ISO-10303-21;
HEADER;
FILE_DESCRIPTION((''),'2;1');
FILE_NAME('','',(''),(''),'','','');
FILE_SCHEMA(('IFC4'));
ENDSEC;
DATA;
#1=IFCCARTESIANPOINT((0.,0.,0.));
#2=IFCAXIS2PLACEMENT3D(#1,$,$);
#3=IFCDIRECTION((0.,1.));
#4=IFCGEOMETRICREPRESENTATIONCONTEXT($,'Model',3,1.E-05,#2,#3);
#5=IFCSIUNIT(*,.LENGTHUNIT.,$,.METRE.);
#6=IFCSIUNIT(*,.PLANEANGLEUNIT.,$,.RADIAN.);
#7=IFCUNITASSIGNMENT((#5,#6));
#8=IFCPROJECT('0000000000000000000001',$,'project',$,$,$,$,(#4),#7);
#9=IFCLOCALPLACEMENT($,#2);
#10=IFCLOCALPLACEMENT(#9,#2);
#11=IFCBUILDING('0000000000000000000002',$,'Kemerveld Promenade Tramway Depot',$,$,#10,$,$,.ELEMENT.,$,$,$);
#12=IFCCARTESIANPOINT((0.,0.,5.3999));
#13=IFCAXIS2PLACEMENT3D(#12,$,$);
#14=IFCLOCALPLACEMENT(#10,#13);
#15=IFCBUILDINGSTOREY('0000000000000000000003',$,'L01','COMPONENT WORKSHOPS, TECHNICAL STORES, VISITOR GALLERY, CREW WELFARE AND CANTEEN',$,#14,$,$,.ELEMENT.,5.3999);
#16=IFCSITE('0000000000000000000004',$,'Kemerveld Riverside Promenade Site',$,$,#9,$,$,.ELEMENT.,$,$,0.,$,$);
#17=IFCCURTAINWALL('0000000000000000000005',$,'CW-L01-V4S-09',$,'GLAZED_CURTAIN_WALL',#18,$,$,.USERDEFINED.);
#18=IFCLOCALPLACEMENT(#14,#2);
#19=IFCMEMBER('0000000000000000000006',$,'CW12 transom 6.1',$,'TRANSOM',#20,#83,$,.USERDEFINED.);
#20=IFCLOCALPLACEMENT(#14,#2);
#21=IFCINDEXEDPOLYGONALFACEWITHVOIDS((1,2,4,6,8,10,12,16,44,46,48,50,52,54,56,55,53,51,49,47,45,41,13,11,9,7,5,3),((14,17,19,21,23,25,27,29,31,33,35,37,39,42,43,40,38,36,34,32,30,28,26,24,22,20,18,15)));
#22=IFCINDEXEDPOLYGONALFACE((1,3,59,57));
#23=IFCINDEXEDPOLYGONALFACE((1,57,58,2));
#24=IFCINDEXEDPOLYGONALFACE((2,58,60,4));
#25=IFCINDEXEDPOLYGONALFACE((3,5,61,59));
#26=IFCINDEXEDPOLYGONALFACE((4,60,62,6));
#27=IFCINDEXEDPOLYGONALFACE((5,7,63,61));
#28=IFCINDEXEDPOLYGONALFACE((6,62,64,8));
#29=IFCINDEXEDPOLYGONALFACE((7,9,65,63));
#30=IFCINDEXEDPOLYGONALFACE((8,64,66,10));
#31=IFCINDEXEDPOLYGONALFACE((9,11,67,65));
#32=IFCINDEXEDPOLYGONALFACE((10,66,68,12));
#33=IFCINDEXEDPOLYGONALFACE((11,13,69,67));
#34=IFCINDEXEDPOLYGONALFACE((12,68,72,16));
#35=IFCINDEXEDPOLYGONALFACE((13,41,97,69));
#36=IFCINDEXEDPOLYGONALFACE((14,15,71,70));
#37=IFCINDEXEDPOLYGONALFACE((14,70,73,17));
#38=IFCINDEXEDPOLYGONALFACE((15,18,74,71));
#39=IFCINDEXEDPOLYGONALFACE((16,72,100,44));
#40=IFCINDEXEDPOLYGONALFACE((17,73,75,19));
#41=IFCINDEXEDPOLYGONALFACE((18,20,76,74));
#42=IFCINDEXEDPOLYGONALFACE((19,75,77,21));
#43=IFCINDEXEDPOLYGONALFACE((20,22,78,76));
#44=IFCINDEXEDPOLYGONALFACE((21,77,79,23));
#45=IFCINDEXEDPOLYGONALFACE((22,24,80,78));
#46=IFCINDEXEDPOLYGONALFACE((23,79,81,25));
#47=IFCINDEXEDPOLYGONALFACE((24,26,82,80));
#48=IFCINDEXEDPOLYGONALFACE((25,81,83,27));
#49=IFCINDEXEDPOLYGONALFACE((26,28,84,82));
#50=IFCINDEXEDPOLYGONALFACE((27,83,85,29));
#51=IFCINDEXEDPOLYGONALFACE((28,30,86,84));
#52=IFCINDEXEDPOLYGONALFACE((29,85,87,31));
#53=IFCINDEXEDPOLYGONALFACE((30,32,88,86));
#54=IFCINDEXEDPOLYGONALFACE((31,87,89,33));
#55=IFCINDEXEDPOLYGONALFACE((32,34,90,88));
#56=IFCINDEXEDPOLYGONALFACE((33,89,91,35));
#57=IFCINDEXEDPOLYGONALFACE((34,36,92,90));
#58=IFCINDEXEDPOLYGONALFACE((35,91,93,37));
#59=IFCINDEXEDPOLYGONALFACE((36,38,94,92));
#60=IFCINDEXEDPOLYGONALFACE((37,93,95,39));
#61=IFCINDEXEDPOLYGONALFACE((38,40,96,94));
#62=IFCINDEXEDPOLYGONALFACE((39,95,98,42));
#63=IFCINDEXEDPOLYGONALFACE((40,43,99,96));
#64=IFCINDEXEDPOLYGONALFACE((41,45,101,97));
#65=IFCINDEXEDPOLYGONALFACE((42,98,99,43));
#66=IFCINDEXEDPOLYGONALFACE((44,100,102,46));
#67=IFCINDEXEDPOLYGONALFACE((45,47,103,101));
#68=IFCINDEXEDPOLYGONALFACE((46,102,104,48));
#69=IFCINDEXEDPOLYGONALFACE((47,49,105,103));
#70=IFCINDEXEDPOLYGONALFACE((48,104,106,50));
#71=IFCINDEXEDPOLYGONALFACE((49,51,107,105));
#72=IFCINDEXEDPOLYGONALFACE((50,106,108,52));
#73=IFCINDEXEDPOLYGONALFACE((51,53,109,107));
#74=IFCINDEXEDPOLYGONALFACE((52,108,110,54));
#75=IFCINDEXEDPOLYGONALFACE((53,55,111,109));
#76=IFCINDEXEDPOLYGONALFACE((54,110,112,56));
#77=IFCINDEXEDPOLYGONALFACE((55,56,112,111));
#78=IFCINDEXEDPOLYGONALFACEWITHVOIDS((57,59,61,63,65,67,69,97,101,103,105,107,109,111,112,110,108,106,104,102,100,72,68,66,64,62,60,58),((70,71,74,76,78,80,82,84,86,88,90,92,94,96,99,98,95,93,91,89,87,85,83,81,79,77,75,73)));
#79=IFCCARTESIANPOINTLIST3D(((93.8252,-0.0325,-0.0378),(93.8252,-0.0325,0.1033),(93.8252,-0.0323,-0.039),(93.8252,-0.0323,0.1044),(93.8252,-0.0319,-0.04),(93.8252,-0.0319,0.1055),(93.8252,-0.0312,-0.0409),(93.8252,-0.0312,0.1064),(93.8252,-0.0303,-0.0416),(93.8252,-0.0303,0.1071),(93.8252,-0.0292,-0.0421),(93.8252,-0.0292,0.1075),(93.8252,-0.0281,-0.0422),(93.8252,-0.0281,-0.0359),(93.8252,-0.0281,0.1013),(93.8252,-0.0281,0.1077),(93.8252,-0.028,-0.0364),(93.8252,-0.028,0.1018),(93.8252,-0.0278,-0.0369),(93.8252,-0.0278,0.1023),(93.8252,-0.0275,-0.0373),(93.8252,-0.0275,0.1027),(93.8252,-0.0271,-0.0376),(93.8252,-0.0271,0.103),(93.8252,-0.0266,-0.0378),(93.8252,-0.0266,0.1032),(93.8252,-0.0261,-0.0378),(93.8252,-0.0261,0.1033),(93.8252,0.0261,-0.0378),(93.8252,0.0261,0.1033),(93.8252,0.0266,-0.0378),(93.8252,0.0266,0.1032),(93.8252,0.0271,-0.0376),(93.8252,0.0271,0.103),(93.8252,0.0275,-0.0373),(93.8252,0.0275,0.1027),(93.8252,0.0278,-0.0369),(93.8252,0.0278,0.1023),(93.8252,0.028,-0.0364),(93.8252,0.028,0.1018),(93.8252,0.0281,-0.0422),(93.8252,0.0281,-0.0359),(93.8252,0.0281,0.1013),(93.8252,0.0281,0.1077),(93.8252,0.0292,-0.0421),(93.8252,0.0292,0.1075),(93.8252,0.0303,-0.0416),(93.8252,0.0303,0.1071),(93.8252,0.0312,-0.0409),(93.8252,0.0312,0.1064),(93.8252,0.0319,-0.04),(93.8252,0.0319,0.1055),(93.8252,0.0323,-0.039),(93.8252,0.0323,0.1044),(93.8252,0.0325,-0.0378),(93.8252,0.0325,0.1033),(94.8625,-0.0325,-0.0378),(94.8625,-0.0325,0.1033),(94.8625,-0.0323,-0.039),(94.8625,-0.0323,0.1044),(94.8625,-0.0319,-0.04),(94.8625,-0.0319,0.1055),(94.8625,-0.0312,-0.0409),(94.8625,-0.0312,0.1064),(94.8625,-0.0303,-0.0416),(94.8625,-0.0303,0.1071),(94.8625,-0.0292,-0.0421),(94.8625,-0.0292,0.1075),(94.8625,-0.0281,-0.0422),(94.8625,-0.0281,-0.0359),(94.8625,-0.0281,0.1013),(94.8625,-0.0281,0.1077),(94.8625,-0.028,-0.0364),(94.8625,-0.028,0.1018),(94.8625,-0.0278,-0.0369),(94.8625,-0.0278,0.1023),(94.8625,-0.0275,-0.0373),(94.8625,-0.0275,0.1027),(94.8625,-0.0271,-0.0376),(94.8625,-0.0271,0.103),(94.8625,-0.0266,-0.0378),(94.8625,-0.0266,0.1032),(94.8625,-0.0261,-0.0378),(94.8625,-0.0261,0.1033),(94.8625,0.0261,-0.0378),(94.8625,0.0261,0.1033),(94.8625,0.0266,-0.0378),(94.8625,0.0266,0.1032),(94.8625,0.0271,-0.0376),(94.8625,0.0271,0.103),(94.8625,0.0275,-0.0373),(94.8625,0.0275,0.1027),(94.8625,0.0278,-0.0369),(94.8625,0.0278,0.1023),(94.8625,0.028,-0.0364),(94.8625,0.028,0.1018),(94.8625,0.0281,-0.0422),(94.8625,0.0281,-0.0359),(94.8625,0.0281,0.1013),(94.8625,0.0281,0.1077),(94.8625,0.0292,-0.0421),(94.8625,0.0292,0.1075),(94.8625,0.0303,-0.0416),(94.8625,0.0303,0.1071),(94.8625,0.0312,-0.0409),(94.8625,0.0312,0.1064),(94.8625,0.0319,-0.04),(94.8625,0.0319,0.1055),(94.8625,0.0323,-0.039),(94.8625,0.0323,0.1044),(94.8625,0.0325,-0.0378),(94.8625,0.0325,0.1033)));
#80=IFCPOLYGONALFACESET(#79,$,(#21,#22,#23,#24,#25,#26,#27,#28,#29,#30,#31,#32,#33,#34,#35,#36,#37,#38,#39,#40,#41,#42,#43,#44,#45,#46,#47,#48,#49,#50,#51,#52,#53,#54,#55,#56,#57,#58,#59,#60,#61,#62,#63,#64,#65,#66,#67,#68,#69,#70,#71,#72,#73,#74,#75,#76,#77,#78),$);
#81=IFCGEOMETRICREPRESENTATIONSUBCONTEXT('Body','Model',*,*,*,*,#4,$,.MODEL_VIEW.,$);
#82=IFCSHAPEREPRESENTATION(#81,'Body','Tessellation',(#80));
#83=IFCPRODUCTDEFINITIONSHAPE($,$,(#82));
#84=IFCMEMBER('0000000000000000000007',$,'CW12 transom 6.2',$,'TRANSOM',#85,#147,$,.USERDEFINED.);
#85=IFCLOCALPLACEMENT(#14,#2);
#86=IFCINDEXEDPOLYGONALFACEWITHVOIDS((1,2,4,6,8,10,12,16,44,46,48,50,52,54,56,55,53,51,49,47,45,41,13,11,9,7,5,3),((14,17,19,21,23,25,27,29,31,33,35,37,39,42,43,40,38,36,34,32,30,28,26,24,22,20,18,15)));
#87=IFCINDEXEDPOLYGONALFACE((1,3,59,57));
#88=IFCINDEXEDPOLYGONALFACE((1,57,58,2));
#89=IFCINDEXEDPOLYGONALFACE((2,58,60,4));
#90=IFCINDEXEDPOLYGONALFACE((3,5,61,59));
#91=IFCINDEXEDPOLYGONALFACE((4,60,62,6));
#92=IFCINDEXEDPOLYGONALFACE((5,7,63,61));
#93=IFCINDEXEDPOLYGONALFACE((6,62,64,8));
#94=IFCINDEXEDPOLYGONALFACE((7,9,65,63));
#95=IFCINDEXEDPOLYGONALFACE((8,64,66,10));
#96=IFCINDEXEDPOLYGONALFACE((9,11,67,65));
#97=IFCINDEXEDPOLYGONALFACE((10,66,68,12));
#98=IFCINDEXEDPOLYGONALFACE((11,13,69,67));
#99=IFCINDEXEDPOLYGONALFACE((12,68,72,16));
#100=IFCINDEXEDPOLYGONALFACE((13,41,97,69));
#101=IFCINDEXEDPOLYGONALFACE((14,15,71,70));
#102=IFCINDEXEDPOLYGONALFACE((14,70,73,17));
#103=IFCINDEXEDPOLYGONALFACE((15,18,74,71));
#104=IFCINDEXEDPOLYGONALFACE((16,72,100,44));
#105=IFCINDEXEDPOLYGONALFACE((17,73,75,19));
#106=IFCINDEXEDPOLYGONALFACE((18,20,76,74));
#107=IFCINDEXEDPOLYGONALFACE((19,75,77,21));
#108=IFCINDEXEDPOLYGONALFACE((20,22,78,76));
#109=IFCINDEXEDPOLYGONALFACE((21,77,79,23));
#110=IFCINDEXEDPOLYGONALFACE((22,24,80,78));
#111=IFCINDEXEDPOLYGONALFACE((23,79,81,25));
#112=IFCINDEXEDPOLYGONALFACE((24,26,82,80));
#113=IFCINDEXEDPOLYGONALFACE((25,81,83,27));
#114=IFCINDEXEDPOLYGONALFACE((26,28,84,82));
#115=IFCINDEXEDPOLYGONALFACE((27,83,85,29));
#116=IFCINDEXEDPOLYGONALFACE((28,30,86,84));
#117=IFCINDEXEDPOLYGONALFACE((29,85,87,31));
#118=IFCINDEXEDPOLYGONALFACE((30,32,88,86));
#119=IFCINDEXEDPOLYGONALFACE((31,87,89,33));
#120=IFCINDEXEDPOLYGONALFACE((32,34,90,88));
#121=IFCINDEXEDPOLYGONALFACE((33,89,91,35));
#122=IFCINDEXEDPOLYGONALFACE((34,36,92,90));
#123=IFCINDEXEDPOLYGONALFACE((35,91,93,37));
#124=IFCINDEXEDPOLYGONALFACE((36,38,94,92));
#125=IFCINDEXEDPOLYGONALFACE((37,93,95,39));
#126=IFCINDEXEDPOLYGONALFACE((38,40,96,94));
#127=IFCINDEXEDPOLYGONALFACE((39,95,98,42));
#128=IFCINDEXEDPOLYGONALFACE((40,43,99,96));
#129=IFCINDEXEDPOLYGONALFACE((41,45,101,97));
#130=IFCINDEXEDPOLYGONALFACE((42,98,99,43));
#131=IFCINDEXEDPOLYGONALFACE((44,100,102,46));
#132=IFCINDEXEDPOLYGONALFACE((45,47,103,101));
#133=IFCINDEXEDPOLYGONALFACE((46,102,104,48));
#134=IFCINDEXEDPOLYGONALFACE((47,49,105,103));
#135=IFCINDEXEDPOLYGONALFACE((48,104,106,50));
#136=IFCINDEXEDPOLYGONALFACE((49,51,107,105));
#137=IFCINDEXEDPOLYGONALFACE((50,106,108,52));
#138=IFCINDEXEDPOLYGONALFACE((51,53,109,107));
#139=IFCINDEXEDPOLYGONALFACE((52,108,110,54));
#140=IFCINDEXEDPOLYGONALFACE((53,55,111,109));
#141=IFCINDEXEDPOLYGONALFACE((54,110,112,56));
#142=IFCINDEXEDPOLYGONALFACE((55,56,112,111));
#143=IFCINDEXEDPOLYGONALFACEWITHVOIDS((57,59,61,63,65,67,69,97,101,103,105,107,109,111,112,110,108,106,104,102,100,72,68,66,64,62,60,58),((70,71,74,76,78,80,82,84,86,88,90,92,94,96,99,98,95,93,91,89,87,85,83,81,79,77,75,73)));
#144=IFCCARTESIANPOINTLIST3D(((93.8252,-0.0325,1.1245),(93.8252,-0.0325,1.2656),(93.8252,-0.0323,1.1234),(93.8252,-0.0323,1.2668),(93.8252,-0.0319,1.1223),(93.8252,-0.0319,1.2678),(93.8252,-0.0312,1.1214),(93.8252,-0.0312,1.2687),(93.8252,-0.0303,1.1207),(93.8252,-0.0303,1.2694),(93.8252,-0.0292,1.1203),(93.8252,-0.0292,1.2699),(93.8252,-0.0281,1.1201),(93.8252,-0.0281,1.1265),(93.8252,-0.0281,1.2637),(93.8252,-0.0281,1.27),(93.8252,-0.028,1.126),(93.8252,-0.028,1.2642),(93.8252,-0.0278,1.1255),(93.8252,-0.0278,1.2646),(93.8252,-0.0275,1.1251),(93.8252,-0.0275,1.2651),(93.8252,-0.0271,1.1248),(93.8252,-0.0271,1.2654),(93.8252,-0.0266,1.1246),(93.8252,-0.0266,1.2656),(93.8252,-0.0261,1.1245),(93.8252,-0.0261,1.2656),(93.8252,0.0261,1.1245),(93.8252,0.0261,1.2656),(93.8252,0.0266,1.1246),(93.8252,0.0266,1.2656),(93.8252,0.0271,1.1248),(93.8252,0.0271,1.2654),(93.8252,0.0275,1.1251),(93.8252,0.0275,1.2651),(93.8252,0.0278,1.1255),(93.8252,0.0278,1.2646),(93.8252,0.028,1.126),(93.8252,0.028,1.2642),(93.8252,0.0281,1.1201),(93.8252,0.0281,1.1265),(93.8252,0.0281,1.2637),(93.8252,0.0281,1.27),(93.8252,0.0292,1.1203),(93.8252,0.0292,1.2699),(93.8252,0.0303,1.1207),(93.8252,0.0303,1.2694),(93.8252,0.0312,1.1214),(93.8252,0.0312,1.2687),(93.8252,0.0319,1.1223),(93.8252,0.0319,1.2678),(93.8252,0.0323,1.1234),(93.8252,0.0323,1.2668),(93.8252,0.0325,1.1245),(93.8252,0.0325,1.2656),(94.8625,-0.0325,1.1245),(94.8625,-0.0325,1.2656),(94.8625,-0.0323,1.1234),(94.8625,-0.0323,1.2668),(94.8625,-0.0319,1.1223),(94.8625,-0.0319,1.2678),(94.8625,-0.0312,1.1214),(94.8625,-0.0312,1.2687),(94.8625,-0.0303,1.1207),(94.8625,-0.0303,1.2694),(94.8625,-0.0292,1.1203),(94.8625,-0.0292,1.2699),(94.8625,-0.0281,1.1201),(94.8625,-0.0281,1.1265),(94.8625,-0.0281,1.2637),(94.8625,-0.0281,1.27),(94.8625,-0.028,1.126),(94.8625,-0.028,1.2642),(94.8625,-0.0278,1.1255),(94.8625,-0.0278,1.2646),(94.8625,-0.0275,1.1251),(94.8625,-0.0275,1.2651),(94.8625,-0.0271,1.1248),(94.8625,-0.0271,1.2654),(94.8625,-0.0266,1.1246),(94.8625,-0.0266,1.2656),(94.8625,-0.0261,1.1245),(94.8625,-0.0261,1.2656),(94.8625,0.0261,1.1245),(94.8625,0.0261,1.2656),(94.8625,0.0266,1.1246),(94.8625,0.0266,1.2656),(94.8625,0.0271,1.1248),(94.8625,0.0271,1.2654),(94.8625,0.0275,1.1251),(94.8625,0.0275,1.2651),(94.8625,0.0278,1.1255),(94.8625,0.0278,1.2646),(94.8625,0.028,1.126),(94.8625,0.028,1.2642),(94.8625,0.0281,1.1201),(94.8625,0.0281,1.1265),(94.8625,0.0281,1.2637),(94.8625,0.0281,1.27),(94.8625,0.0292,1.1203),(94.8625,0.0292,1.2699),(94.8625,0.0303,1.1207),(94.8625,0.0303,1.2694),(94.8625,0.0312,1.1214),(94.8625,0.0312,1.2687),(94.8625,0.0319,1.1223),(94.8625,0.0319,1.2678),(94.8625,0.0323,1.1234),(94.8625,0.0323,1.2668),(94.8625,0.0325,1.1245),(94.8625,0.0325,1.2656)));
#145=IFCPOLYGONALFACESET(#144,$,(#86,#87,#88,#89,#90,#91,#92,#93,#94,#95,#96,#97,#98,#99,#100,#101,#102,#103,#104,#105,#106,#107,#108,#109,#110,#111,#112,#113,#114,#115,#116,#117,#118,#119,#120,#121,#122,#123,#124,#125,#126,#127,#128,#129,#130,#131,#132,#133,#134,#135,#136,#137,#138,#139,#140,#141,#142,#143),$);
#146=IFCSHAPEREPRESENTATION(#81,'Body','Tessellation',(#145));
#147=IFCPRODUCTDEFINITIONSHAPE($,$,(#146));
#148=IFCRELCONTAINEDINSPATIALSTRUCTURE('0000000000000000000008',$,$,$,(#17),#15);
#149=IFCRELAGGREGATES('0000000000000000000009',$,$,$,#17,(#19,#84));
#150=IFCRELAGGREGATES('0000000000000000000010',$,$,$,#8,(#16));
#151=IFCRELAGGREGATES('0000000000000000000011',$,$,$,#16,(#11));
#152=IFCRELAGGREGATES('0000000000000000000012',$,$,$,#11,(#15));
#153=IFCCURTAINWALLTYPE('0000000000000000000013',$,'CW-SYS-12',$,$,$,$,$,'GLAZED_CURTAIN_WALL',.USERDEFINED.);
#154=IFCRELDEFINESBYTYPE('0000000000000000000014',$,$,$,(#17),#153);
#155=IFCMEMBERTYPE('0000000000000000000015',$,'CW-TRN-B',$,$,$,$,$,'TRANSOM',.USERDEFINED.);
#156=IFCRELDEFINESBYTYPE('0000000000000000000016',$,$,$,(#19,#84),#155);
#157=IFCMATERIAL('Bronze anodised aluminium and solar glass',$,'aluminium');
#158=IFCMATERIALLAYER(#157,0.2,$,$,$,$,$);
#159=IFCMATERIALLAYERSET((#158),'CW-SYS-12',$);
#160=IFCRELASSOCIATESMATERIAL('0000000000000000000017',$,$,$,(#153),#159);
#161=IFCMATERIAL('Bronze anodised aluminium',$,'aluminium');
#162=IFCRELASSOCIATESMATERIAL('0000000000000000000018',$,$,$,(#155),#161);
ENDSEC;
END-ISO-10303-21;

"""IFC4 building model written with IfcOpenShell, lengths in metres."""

from ifc_helpers import new_model, si_unit, direction, frame, origin, origin_2d, place, context, subcontext, project, spatial, hollow_rectangle, extrude, material, layer, layer_set, material_profile, profile_set, type_object, element, aggregate, save


model = new_model("IFC4")

# Units and contexts
model_context = context("Model", 3, precision=1e-05, world=origin(), true_north=direction((0.0, 1.0)))
body_context = subcontext(model_context, "Body", "Model", "MODEL_VIEW")
ifc_project = project(units=[si_unit("LENGTHUNIT", "METRE"), si_unit("PLANEANGLEUNIT", "RADIAN")], contexts=[model_context])

# Site, building, storey
site_placement = place(None, origin())
site = spatial("IfcSite", under=ifc_project, at=site_placement, Name="Kemerveld Riverside Promenade Site", CompositionType="ELEMENT", RefElevation=0.0)
building_placement = place(site_placement, origin())
building = spatial("IfcBuilding", under=site, at=building_placement, Name="Kemerveld Promenade Tramway Depot", CompositionType="ELEMENT")
storey_placement = place(building_placement, frame((0.0, 0.0, 5.3999)))
storey = spatial("IfcBuildingStorey", under=building, at=storey_placement, Name="L01", Description="COMPONENT WORKSHOPS, TECHNICAL STORES, VISITOR GALLERY, CREW WELFARE AND CANTEEN", CompositionType="ELEMENT", Elevation=5.3999)

# Curtain wall, members
ifc_material_1 = material(Name="Bronze anodised aluminium and solar glass", Category="aluminium")
ifc_layer_1 = layer(ifc_material_1, 0.2)
ifc_layer_set_1 = layer_set([ifc_layer_1], Name="CW-SYS-12")
curtain_wall_type = type_object("IfcCurtainWallType", Name="CW-SYS-12", ElementType="GLAZED_CURTAIN_WALL", PredefinedType="USERDEFINED", material=ifc_layer_set_1)
curtain_wall_placement = place(storey_placement, origin())
curtain_wall = element("IfcCurtainWall", 1, at=curtain_wall_placement, inside=storey, type_object=curtain_wall_type, Name="CW-L01-V4S-09", ObjectType="GLAZED_CURTAIN_WALL", PredefinedType="USERDEFINED")
ifc_material_2 = material(Name="Bronze anodised aluminium", Category="aluminium")
ifc_material_profile_1 = material_profile(ifc_material_2, hollow_rectangle(XDim=0.0649, YDim=0.1499, WallThickness=0.0044, InnerFilletRadius=0.002, OuterFilletRadius=0.0044, at=origin_2d()), Name="CW-TRN-150x65")
ifc_profile_set_1 = profile_set([ifc_material_profile_1], Name="Bronze anodised aluminium")
member_type_1 = type_object("IfcMemberType", Name="CW-TRN-B", ElementType="TRANSOM", PredefinedType="USERDEFINED", material=ifc_profile_set_1)
member_1_placement = place(storey_placement, frame((94.8625, 0.0, 0.0327), z_axis=(-1.0, 0.0, 0.0), x_axis=(0.0, -1.0, 0.0)))
member_1 = element("IfcMember", 2, at=member_1_placement, type_object=member_type_1, Name="CW12 transom 6.1", ObjectType="TRANSOM", PredefinedType="USERDEFINED", context=body_context, shape_type="SweptSolid", body=[
    extrude(hollow_rectangle(XDim=0.0649, YDim=0.1499, WallThickness=0.0044, InnerFilletRadius=0.002, OuterFilletRadius=0.0044, at=origin_2d()), origin(), (0.0, 0.0, 1.0), 1.0374),
])
member_2_placement = place(storey_placement, frame((94.8625, 0.0, 1.1951), z_axis=(-1.0, 0.0, 0.0), x_axis=(0.0, -1.0, 0.0)))
member_2 = element("IfcMember", 3, at=member_2_placement, type_object=member_type_1, Name="CW12 transom 6.2", ObjectType="TRANSOM", PredefinedType="USERDEFINED", context=body_context, shape_type="SweptSolid", body=[
    extrude(hollow_rectangle(XDim=0.0649, YDim=0.1499, WallThickness=0.0044, InnerFilletRadius=0.002, OuterFilletRadius=0.0044, at=origin_2d()), origin(), (0.0, 0.0, 1.0), 1.0374),
])
aggregate(curtain_wall, [member_1, member_2])

save(model, "model.ifc")
